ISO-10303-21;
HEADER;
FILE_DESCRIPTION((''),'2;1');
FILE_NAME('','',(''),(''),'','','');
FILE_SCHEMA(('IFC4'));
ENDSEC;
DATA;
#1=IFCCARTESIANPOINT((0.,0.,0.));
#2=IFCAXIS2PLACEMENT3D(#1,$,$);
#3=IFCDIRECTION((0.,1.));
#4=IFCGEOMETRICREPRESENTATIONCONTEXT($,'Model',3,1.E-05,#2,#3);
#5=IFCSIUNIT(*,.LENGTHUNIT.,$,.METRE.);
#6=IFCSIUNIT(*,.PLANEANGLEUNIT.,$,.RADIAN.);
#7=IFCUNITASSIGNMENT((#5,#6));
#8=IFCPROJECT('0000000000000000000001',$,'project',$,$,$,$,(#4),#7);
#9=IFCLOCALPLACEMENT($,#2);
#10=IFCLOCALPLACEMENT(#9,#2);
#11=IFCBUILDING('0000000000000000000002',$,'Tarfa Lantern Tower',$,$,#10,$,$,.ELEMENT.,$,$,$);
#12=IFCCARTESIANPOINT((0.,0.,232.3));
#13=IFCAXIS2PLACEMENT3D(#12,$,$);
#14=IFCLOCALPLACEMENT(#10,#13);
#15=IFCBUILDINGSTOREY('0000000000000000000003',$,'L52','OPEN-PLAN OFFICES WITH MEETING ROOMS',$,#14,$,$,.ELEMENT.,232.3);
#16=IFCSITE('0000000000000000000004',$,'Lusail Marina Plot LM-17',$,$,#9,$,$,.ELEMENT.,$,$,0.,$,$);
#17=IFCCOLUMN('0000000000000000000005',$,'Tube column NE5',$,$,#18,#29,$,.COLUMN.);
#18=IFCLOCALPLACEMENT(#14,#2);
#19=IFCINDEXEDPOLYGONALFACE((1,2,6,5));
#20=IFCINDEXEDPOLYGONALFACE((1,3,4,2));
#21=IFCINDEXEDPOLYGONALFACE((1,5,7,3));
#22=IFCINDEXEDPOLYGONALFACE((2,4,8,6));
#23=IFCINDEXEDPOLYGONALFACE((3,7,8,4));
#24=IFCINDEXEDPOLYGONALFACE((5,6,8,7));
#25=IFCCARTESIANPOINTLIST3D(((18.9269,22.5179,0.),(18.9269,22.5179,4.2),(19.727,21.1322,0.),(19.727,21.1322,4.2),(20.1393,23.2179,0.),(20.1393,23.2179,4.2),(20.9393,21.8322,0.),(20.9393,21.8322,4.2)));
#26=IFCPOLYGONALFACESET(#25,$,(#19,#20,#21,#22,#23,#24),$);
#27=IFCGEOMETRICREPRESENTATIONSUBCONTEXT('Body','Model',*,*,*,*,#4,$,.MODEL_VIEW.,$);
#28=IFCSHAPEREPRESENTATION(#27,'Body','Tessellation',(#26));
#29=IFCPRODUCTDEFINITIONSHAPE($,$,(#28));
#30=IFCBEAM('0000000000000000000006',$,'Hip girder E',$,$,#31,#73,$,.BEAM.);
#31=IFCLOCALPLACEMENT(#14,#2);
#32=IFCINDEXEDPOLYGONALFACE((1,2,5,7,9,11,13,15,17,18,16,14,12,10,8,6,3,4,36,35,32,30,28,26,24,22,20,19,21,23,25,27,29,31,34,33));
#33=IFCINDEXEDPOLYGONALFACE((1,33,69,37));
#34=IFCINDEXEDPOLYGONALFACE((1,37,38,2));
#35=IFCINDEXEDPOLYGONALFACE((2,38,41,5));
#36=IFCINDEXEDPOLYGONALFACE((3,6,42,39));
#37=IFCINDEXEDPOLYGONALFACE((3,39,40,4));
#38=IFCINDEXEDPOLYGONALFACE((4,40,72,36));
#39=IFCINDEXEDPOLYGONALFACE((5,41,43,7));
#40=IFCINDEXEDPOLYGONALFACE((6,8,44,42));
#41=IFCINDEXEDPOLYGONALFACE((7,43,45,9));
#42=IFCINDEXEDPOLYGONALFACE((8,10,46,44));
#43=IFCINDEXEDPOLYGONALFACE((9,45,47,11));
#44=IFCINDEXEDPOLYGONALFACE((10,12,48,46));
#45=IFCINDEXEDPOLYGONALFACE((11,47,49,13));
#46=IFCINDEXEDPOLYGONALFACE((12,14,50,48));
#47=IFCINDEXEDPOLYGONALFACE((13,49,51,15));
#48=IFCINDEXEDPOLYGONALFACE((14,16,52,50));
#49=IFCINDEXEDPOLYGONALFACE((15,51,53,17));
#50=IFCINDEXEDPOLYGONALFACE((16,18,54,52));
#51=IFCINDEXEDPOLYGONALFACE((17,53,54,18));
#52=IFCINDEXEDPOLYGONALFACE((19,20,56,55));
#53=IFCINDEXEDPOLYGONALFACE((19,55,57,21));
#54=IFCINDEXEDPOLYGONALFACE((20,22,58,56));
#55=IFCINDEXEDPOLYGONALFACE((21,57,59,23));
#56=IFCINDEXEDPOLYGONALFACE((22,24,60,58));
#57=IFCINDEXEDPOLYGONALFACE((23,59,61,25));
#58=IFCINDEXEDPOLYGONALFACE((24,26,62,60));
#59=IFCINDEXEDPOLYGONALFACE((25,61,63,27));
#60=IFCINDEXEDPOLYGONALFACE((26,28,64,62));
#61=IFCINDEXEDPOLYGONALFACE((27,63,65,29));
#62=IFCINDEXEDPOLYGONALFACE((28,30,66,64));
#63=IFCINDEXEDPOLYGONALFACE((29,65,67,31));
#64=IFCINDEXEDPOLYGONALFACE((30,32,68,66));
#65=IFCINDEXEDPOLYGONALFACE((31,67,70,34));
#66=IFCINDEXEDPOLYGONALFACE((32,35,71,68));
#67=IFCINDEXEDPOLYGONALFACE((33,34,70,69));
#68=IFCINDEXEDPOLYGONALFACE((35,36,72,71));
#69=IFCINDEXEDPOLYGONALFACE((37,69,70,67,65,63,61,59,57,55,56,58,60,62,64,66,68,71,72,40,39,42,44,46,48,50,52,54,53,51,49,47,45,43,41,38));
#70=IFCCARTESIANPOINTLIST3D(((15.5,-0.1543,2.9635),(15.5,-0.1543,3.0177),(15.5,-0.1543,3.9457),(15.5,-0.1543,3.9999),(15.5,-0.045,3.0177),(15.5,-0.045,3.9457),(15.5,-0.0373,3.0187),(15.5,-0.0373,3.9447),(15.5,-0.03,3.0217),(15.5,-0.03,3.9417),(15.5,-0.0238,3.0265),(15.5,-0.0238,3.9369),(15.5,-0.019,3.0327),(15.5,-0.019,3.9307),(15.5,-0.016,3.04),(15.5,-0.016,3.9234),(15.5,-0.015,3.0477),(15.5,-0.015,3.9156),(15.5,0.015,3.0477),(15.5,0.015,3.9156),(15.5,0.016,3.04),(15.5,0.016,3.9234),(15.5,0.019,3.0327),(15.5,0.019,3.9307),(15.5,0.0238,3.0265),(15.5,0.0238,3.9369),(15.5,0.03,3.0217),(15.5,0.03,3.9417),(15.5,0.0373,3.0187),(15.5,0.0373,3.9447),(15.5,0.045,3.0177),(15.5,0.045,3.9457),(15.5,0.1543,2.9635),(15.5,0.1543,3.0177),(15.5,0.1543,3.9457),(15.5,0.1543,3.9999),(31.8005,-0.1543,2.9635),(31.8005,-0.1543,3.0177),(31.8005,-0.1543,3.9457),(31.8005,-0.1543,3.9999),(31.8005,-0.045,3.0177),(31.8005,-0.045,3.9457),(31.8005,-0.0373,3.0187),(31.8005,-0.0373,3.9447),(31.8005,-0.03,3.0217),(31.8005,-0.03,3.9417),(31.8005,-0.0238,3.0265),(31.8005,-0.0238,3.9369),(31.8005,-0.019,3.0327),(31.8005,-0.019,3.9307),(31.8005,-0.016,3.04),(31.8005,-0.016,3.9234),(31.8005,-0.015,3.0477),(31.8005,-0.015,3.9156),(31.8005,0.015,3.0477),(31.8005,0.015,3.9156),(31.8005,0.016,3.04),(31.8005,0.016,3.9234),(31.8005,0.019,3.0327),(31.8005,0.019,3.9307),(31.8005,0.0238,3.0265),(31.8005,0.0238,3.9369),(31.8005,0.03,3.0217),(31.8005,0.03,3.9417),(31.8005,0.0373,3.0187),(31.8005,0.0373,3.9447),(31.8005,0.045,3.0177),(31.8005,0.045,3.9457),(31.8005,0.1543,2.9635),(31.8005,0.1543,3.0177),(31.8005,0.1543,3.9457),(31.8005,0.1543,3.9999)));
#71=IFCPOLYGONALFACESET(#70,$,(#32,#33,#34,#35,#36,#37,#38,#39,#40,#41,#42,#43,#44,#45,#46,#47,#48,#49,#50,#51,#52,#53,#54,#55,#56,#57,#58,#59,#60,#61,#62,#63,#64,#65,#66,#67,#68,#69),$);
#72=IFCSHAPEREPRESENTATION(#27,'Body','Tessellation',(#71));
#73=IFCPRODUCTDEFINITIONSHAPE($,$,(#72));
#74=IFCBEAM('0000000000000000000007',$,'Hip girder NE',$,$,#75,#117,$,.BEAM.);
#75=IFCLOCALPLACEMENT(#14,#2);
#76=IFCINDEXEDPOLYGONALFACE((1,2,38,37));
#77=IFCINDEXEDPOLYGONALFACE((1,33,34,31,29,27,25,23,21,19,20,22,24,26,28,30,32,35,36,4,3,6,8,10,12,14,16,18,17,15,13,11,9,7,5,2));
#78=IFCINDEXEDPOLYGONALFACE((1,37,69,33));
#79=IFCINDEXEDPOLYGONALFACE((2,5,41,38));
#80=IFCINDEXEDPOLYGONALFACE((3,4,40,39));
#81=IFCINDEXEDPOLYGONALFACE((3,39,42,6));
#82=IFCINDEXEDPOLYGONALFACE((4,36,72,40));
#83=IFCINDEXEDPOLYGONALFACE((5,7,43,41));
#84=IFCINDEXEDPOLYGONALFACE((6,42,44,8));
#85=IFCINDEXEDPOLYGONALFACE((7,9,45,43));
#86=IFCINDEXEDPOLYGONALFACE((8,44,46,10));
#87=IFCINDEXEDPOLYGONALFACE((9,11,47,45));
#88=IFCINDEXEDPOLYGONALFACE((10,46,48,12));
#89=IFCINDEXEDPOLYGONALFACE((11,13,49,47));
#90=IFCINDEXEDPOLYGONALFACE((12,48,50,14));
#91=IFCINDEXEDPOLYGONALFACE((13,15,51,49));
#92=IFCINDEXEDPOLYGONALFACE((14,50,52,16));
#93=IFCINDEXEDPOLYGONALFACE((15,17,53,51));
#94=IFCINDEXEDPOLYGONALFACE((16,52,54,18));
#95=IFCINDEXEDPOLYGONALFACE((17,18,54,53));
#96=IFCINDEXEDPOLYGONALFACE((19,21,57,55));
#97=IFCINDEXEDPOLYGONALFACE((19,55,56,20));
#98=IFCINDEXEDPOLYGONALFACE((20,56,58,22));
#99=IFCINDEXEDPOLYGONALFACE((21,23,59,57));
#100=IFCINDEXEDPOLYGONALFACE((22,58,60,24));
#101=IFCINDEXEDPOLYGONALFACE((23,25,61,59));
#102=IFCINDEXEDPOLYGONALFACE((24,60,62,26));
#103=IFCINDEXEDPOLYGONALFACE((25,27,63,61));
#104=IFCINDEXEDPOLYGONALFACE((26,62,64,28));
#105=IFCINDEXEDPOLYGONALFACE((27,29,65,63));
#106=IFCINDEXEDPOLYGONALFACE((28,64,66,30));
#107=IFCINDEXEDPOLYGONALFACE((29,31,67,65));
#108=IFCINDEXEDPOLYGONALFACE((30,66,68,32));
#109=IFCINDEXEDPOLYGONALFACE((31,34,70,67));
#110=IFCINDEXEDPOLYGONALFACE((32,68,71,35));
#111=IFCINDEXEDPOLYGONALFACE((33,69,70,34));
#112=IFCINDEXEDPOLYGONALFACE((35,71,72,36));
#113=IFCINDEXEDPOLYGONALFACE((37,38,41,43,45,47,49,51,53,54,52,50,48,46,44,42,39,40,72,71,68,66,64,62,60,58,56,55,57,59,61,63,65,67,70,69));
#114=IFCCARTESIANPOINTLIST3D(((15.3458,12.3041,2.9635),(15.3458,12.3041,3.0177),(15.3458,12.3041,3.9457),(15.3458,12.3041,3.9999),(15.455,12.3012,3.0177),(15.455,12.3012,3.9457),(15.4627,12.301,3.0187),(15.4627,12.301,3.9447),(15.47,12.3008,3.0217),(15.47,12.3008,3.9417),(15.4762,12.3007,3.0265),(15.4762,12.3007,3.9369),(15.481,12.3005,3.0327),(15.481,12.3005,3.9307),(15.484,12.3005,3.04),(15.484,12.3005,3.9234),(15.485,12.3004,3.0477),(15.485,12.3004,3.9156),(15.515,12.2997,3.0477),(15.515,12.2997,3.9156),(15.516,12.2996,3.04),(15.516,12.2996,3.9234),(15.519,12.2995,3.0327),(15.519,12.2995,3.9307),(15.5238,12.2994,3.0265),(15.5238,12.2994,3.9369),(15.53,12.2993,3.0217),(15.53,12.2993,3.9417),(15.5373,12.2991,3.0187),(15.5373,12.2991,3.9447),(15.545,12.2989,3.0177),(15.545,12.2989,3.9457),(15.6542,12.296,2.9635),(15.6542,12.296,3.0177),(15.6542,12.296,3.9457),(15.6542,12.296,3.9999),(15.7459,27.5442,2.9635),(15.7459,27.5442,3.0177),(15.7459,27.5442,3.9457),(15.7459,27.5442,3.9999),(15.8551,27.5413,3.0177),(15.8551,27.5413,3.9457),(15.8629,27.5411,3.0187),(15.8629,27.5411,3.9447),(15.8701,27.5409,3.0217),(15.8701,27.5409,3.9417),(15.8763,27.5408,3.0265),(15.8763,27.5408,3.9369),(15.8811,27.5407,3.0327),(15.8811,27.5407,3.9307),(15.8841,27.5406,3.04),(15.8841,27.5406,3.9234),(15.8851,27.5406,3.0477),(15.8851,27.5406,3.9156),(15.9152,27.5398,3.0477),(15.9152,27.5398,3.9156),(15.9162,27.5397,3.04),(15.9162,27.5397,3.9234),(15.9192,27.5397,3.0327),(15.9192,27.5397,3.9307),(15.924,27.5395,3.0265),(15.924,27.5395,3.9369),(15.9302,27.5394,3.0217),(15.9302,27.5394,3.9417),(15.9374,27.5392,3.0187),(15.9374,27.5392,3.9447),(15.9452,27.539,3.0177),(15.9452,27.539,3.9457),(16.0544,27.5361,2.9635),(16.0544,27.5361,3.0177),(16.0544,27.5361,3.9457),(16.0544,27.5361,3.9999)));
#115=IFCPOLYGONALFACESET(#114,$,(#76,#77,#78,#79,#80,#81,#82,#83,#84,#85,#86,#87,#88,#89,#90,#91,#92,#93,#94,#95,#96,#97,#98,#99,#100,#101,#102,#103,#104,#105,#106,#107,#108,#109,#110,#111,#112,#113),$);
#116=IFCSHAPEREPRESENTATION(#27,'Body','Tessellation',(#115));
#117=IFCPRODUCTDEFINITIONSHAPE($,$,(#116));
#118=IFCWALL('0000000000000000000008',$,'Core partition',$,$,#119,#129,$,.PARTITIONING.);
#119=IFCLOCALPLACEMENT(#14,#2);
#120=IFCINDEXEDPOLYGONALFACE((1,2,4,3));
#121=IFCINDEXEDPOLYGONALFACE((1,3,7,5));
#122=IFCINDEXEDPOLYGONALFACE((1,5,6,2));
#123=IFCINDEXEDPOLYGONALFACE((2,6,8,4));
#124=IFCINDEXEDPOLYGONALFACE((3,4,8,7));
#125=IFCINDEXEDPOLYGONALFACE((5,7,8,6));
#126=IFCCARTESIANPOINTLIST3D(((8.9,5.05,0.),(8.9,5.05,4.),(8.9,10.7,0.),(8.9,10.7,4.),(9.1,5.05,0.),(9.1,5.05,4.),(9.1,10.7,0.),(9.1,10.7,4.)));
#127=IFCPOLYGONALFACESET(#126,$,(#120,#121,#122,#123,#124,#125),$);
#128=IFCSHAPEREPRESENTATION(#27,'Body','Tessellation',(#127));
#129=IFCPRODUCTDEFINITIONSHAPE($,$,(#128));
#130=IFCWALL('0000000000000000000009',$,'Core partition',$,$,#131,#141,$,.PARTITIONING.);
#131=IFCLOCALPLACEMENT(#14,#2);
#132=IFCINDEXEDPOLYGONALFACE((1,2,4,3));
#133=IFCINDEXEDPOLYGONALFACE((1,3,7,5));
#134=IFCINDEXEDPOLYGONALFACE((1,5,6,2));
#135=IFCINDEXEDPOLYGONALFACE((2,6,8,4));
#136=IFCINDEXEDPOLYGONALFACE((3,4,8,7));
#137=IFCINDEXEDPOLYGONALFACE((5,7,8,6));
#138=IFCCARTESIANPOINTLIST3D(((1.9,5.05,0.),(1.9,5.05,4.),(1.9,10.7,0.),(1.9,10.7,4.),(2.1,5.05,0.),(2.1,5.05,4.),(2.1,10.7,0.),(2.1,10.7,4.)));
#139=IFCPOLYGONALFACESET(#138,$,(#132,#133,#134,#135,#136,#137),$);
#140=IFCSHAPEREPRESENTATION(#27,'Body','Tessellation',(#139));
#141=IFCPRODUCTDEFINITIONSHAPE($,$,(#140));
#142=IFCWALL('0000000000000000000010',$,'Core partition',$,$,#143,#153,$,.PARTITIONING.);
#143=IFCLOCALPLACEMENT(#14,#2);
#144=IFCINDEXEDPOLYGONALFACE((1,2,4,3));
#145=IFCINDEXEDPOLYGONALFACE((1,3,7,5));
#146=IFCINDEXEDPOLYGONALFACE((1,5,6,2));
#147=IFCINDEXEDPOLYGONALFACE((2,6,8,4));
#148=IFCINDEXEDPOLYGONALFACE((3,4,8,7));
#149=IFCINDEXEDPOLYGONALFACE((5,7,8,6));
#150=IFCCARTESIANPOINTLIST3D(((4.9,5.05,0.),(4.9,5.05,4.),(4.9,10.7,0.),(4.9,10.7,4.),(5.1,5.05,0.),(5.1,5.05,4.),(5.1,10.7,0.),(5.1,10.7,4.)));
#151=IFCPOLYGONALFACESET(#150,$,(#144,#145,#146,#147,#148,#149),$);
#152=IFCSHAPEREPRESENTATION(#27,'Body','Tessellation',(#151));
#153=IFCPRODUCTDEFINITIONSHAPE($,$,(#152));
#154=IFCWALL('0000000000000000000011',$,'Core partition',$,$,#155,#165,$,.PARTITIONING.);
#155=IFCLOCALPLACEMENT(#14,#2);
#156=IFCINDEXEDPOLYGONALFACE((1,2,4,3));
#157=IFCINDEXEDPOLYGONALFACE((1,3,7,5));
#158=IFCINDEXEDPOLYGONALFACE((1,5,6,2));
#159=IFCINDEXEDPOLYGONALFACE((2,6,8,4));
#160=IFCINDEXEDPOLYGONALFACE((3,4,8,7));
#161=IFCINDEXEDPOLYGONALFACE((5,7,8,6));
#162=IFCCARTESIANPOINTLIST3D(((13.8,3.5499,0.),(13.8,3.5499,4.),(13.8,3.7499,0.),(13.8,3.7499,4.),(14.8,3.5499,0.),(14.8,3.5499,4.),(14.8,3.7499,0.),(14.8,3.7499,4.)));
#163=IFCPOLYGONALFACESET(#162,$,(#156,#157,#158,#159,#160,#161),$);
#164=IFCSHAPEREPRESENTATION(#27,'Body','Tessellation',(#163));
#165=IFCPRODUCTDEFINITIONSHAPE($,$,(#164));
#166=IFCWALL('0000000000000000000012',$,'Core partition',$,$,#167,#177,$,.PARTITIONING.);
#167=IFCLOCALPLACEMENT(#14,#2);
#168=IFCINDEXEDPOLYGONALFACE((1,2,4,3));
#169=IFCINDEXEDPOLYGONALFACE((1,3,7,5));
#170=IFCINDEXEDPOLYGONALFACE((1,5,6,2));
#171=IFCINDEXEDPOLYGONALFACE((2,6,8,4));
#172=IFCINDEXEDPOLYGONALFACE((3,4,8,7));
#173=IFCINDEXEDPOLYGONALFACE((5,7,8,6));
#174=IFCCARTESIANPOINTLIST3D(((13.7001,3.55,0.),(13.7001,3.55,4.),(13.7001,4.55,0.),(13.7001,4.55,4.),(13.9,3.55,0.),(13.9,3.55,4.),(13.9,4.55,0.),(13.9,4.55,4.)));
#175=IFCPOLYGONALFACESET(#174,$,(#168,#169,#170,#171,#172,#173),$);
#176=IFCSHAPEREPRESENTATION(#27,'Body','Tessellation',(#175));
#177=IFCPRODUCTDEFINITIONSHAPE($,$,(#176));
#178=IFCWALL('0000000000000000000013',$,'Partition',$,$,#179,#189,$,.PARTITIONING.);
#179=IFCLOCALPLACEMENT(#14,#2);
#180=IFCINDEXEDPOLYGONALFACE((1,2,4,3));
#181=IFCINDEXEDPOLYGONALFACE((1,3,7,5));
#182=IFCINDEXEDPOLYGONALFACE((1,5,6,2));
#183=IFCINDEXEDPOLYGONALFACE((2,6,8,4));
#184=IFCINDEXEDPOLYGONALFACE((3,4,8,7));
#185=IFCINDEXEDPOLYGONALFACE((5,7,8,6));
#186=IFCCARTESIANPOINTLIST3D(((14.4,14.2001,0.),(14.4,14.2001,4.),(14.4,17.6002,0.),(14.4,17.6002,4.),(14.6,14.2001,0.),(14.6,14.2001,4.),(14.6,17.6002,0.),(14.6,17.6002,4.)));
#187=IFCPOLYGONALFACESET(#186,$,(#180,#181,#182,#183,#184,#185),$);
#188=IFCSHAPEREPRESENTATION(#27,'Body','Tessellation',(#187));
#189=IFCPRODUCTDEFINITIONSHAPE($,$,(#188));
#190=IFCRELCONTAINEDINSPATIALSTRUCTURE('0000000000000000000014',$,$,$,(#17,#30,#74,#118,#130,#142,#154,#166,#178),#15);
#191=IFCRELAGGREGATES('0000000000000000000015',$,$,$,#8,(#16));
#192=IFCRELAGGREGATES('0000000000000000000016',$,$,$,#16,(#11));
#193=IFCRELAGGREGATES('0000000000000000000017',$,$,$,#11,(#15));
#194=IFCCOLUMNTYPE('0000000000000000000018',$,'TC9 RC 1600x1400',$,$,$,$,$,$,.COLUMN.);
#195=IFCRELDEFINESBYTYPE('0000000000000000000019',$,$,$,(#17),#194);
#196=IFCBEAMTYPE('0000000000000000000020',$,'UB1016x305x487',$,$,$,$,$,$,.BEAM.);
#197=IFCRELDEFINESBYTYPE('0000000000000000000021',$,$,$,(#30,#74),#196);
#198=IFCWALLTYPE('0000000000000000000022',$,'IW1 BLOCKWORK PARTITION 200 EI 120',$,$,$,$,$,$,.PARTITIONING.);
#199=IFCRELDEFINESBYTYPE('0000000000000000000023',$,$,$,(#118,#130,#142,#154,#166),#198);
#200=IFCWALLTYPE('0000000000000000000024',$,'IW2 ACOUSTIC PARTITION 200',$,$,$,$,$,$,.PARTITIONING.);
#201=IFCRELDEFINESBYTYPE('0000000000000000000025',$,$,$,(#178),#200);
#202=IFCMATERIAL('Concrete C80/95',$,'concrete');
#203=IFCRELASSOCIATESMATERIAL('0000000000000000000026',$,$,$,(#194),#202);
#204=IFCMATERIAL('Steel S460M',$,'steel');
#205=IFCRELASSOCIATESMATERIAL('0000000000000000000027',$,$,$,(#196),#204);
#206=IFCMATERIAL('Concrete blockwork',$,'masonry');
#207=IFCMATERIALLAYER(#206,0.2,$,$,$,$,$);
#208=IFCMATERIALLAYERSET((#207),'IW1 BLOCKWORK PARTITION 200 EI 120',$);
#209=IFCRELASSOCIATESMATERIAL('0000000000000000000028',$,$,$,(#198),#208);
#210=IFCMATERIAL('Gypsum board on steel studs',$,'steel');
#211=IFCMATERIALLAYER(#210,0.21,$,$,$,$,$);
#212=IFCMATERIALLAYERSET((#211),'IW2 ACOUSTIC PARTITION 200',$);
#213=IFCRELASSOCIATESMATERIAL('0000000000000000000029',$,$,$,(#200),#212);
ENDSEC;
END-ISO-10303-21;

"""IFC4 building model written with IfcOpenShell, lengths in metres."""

from ifc_helpers import new_model, si_unit, direction, frame, frame_2d, origin, origin_2d, place, context, subcontext, project, spatial, rectangle, i_section, extrude, material, layer, layer_set, material_profile, profile_set, type_object, element, save


model = new_model("IFC4")

# Units and contexts
model_context = context("Model", 3, precision=1e-05, world=origin(), true_north=direction((0.0, 1.0)))
body_context = subcontext(model_context, "Body", "Model", "MODEL_VIEW")
ifc_project = project(units=[si_unit("LENGTHUNIT", "METRE"), si_unit("PLANEANGLEUNIT", "RADIAN")], contexts=[model_context])

# Site, building, storey
site_placement = place(None, origin())
site = spatial("IfcSite", under=ifc_project, at=site_placement, Name="Lusail Marina Plot LM-17", CompositionType="ELEMENT", RefElevation=0.0)
building_placement = place(site_placement, origin())
building = spatial("IfcBuilding", under=site, at=building_placement, Name="Tarfa Lantern Tower", CompositionType="ELEMENT")
storey_placement = place(building_placement, frame((0.0, 0.0, 232.3)))
storey = spatial("IfcBuildingStorey", under=building, at=storey_placement, Name="L52", Description="OPEN-PLAN OFFICES WITH MEETING ROOMS", CompositionType="ELEMENT", Elevation=232.3)

# Column
ifc_material_1 = material(Name="Concrete C80/95", Category="concrete")
ifc_material_profile_1 = material_profile(ifc_material_1, rectangle(XDim=1.6001, YDim=1.3999, at=origin_2d()), Name="RC 1600x1400")
ifc_profile_set_1 = profile_set([ifc_material_profile_1], Name="Concrete C80/95")
column_type = type_object("IfcColumnType", Name="TC9 RC 1600x1400", PredefinedType="COLUMN", material=ifc_profile_set_1)
column_placement = place(storey_placement, frame((19.9331, 22.175, 0.0), z_axis=(0.0, 0.0, 1.0), x_axis=(-0.5, 0.866025, 0.0)))
element("IfcColumn", 1, at=column_placement, inside=storey, type_object=column_type, Name="Tube column NE5", PredefinedType="COLUMN", context=body_context, shape_type="SweptSolid", body=[
    extrude(rectangle(XDim=1.6001, YDim=1.3999, at=origin_2d()), origin(), (0.0, 0.0, 1.0), 4.2),
])

# Beams
ifc_material_2 = material(Name="Steel S460M", Category="steel")
ifc_material_profile_2 = material_profile(ifc_material_2, i_section(OverallWidth=0.3086, OverallDepth=1.0364, WebThickness=0.03, FlangeThickness=0.0542, FilletRadius=0.03, at=origin_2d()), Name="UB1016x305x487")
ifc_profile_set_2 = profile_set([ifc_material_profile_2], Name="Steel S460M")
beam_type = type_object("IfcBeamType", Name="UB1016x305x487", PredefinedType="BEAM", material=ifc_profile_set_2)
beam_1_placement = place(storey_placement, frame((15.5, 0.0, 3.4817), z_axis=(1.0, 0.0, 0.0), x_axis=(0.0, 1.0, 0.0)))
element("IfcBeam", 2, at=beam_1_placement, inside=storey, type_object=beam_type, Name="Hip girder E", PredefinedType="BEAM", context=body_context, shape_type="SweptSolid", body=[
    extrude(i_section(OverallWidth=0.3086, OverallDepth=1.0364, WebThickness=0.03, FlangeThickness=0.0542, FilletRadius=0.03, at=origin_2d()), origin(), (0.0, 0.0, 1.0), 16.3005),
])
beam_2_placement = place(storey_placement, frame((15.5, 12.3, 3.4817), z_axis=(0.026247, 0.999655, 0.0), x_axis=(-0.999655, 0.026247, 0.0)))
element("IfcBeam", 3, at=beam_2_placement, inside=storey, type_object=beam_type, Name="Hip girder NE", PredefinedType="BEAM", context=body_context, shape_type="SweptSolid", body=[
    extrude(i_section(OverallWidth=0.3086, OverallDepth=1.0364, WebThickness=0.03, FlangeThickness=0.0542, FilletRadius=0.03, at=origin_2d()), origin(), (0.0, 0.0, 1.0), 15.2454),
])

# Walls
ifc_material_3 = material(Name="Concrete blockwork", Category="masonry")
ifc_layer_1 = layer(ifc_material_3, 0.2)
ifc_layer_set_1 = layer_set([ifc_layer_1], Name="IW1 BLOCKWORK PARTITION 200 EI 120")
wall_type_1 = type_object("IfcWallType", Name="IW1 BLOCKWORK PARTITION 200 EI 120", PredefinedType="PARTITIONING", material=ifc_layer_set_1)
for number, where, z_axis, x_axis, name in (
    (4, (9.0, 5.05, 0.0), (0.0, 0.0, 1.0), (0.0, 1.0, 0.0), "Core partition"),
    (5, (2.0, 5.05, 0.0), (0.0, 0.0, 1.0), (0.0, 1.0, 0.0), "Core partition"),
    (6, (5.0, 5.05, 0.0), (0.0, 0.0, 1.0), (0.0, 1.0, 0.0), "Core partition"),
):
    element("IfcWall", number, at=place(storey_placement, frame(where, z_axis=z_axis, x_axis=x_axis)), inside=storey, type_object=wall_type_1, Name=name, PredefinedType="PARTITIONING", context=body_context, shape_type="SweptSolid", body=[
        extrude(rectangle(XDim=5.6499, YDim=0.2, at=frame_2d((2.825, 0.0))), origin(), (0.0, 0.0, 1.0), 4.0),
    ])
for number, where, z_axis, x_axis, name in (
    (7, (13.8, 3.6499, 0.0), (0.0, 0.0, 1.0), (1.0, 0.0, 0.0), "Core partition"),
    (8, (13.8, 3.55, 0.0), (0.0, 0.0, 1.0), (0.0, 1.0, 0.0), "Core partition"),
):
    element("IfcWall", number, at=place(storey_placement, frame(where, z_axis=z_axis, x_axis=x_axis)), inside=storey, type_object=wall_type_1, Name=name, PredefinedType="PARTITIONING", context=body_context, shape_type="SweptSolid", body=[
        extrude(rectangle(XDim=1.0, YDim=0.2, at=frame_2d((0.5, 0.0))), origin(), (0.0, 0.0, 1.0), 4.0),
    ])
ifc_material_4 = material(Name="Gypsum board on steel studs", Category="steel")
ifc_layer_2 = layer(ifc_material_4, 0.21)
ifc_layer_set_2 = layer_set([ifc_layer_2], Name="IW2 ACOUSTIC PARTITION 200")
wall_type_2 = type_object("IfcWallType", Name="IW2 ACOUSTIC PARTITION 200", PredefinedType="PARTITIONING", material=ifc_layer_set_2)
wall_1_placement = place(storey_placement, frame((14.5, 14.2, 0.0), z_axis=(0.0, 0.0, 1.0), x_axis=(0.0, 1.0, 0.0)))
element("IfcWall", 9, at=wall_1_placement, inside=storey, type_object=wall_type_2, Name="Partition", PredefinedType="PARTITIONING", context=body_context, shape_type="SweptSolid", body=[
    extrude(rectangle(XDim=3.4001, YDim=0.2, at=frame_2d((1.7002, 0.0))), origin(), (0.0, 0.0, 1.0), 4.0),
])

save(model, "model.ifc")
